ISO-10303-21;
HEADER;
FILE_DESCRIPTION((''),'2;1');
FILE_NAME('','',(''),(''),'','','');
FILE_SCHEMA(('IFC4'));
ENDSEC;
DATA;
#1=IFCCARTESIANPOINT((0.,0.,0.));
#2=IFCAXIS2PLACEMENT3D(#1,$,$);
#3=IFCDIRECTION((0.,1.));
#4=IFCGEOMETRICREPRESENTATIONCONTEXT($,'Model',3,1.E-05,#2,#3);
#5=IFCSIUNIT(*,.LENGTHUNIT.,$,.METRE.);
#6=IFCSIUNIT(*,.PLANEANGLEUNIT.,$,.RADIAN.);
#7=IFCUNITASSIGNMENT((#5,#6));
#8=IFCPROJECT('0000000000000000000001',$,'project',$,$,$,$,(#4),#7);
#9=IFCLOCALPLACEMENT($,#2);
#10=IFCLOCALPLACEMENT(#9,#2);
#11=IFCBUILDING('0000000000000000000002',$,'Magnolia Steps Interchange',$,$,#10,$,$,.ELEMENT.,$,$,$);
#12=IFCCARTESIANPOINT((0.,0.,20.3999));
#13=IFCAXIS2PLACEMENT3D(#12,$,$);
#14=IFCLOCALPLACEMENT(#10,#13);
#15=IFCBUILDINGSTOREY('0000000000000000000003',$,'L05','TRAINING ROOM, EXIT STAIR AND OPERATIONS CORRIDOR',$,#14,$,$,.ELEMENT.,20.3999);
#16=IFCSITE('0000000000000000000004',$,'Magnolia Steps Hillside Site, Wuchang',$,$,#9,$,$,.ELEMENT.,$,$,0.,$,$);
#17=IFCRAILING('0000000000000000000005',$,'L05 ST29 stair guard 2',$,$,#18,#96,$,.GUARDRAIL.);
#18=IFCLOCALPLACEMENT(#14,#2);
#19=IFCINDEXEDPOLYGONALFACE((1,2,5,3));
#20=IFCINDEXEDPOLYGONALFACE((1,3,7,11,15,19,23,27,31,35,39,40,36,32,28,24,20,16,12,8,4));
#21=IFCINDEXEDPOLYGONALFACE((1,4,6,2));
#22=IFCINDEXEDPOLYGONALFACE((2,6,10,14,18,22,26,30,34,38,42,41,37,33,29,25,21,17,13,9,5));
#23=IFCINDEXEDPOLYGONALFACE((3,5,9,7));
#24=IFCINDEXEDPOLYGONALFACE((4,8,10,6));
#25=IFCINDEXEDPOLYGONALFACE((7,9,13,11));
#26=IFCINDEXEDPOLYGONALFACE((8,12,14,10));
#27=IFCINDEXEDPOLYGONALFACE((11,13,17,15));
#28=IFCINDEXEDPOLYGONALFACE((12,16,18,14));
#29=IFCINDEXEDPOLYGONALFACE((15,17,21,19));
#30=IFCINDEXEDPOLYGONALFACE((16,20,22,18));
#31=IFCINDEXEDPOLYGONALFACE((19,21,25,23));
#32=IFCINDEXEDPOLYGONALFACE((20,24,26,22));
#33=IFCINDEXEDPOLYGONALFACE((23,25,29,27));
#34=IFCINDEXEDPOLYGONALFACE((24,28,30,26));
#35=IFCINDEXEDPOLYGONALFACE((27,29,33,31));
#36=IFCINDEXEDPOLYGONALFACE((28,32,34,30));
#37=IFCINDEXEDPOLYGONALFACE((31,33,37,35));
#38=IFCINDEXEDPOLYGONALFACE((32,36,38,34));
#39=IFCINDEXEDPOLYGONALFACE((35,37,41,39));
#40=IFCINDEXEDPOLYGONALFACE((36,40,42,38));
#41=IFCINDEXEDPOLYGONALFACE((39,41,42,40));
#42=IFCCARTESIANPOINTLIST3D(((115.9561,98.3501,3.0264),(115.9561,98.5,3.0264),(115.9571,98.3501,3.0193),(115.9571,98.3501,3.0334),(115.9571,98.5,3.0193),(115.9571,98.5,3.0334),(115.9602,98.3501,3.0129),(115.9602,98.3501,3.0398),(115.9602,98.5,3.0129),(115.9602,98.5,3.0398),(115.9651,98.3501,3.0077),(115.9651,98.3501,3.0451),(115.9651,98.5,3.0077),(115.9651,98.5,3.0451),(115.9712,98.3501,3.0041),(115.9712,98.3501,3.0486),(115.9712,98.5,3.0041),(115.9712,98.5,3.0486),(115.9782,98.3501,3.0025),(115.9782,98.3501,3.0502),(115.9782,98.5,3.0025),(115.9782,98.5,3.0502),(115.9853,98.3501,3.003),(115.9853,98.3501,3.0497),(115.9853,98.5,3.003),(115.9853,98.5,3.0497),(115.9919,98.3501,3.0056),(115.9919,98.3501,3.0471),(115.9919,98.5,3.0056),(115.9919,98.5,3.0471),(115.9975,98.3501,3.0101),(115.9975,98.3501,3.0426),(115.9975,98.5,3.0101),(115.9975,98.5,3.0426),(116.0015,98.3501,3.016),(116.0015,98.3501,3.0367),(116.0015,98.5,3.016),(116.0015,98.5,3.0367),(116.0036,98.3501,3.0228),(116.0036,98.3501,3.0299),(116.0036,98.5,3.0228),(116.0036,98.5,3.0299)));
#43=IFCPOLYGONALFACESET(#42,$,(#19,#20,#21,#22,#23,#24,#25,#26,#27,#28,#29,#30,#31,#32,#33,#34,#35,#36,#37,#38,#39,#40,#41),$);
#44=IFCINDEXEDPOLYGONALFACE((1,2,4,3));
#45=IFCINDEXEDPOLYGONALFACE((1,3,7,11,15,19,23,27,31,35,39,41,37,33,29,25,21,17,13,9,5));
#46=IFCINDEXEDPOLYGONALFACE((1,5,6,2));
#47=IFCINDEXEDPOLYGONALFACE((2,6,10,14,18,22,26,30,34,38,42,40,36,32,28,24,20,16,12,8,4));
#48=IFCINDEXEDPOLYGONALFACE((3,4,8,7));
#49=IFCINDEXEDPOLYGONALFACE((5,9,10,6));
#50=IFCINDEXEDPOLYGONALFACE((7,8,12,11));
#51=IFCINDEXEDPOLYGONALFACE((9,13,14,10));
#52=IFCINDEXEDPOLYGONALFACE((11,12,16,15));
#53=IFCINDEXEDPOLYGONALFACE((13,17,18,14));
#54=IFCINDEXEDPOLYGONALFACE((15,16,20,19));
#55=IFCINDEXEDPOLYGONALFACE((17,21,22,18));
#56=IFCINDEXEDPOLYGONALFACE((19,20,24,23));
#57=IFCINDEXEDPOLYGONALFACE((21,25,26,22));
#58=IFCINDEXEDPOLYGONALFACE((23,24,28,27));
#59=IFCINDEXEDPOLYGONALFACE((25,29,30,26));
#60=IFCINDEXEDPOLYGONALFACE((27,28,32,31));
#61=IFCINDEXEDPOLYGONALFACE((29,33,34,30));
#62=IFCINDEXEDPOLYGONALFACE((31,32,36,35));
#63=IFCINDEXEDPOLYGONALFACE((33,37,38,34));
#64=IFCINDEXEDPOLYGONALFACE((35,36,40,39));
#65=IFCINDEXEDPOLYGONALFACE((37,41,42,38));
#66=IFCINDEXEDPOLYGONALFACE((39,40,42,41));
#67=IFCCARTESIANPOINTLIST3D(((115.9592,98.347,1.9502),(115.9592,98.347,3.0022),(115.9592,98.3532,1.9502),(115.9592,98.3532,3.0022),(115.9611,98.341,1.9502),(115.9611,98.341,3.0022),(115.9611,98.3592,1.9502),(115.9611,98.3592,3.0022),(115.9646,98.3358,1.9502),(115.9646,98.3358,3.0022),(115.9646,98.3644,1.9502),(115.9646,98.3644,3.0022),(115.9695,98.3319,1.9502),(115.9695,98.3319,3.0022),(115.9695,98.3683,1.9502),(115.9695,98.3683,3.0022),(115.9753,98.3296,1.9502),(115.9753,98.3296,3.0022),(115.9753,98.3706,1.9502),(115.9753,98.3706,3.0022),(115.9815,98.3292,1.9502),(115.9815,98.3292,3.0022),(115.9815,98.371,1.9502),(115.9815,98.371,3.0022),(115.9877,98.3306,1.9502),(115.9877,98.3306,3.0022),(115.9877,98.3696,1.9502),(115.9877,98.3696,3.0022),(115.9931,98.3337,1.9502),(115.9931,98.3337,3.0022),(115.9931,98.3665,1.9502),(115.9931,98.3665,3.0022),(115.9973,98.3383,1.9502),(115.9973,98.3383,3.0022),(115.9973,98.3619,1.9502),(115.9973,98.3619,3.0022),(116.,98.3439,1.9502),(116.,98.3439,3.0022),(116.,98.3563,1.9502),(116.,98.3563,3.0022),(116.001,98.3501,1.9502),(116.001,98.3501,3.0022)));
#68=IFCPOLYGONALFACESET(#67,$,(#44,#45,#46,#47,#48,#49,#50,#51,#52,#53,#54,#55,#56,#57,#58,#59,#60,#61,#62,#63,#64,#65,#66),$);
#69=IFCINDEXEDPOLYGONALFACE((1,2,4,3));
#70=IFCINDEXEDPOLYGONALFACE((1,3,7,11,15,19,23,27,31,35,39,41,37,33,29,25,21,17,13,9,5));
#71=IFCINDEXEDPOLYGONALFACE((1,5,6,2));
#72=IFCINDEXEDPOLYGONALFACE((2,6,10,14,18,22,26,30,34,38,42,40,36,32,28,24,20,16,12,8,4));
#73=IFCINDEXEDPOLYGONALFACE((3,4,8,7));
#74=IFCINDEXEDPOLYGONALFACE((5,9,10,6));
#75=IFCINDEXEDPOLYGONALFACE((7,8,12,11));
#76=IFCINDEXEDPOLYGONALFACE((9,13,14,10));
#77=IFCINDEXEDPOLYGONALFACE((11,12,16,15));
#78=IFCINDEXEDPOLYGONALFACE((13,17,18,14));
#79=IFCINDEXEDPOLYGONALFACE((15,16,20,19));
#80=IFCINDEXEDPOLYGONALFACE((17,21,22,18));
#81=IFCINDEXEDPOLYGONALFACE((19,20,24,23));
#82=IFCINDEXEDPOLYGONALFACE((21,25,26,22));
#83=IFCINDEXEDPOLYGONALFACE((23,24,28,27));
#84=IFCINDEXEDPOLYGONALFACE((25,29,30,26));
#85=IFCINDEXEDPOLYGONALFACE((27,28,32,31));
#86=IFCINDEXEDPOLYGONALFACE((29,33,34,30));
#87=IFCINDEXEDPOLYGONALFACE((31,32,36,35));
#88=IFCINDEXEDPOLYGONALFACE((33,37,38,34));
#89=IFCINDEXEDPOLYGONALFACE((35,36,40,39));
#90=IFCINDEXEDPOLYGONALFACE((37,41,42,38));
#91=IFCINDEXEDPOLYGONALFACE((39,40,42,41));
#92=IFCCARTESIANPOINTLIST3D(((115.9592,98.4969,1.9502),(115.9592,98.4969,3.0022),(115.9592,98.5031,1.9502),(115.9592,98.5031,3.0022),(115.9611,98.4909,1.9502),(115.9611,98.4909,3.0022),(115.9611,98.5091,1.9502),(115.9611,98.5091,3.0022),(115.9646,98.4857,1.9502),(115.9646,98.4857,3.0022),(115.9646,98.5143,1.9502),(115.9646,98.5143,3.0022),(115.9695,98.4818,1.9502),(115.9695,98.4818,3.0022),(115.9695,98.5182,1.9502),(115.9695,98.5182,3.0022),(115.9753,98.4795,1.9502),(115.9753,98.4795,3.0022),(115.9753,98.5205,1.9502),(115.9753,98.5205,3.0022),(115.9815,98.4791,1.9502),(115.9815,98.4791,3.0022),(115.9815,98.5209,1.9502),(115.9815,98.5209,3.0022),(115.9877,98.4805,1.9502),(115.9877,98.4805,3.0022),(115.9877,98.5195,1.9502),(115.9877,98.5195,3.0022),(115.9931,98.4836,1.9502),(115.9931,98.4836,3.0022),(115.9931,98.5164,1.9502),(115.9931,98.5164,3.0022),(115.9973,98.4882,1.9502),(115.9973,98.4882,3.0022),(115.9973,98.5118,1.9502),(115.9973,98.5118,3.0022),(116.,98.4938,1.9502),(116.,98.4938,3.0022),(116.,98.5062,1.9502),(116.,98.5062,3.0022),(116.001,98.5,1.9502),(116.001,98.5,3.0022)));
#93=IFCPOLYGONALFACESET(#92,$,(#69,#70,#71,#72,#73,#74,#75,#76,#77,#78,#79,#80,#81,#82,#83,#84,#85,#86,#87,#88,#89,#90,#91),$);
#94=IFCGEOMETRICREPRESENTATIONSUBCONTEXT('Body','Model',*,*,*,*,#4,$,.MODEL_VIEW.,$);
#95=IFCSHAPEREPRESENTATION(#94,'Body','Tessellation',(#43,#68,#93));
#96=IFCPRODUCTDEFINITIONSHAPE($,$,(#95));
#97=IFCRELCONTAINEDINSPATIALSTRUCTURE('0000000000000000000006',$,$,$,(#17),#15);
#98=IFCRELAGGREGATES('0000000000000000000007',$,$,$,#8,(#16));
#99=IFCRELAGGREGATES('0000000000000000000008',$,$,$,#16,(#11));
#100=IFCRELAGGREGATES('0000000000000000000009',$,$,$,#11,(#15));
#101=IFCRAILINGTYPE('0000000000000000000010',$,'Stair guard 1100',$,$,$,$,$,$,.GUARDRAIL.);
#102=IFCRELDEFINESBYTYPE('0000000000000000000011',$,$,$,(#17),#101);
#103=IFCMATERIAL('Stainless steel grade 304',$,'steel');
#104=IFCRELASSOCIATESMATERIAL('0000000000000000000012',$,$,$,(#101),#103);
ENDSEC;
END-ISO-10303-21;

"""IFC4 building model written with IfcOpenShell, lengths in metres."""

from ifc_helpers import new_model, si_unit, direction, frame, origin, origin_2d, place, context, subcontext, project, spatial, circle, extrude, material, type_object, element, save


model = new_model("IFC4")

# Units and contexts
model_context = context("Model", 3, precision=1e-05, world=origin(), true_north=direction((0.0, 1.0)))
body_context = subcontext(model_context, "Body", "Model", "MODEL_VIEW")
ifc_project = project(units=[si_unit("LENGTHUNIT", "METRE"), si_unit("PLANEANGLEUNIT", "RADIAN")], contexts=[model_context])

# Site, building, storey
site_placement = place(None, origin())
site = spatial("IfcSite", under=ifc_project, at=site_placement, Name="Magnolia Steps Hillside Site, Wuchang", CompositionType="ELEMENT", RefElevation=0.0)
building_placement = place(site_placement, origin())
building = spatial("IfcBuilding", under=site, at=building_placement, Name="Magnolia Steps Interchange", CompositionType="ELEMENT")
storey_placement = place(building_placement, frame((0.0, 0.0, 20.3999)))
storey = spatial("IfcBuildingStorey", under=building, at=storey_placement, Name="L05", Description="TRAINING ROOM, EXIT STAIR AND OPERATIONS CORRIDOR", CompositionType="ELEMENT", Elevation=20.3999)

# Railing
ifc_material_1 = material(Name="Stainless steel grade 304", Category="steel")
railing_type_1 = type_object("IfcRailingType", Name="Stair guard 1100", PredefinedType="GUARDRAIL", material=ifc_material_1)
railing_1_placement = place(storey_placement, frame((115.98, 98.3501, 1.9502)))
element("IfcRailing", 1, at=railing_1_placement, inside=storey, type_object=railing_type_1, Name="L05 ST29 stair guard 2", PredefinedType="GUARDRAIL", context=body_context, shape_type="SweptSolid", body=[
    extrude(circle(Radius=0.0239, at=origin_2d()), frame((0.0, 0.0, 1.0762), z_axis=(0.0, 1.0, 0.0), x_axis=(-1.0, 0.0, 0.0)), (0.0, 0.0, 1.0), 0.1499),
    extrude(circle(Radius=0.021, at=origin_2d()), origin(), (0.0, 0.0, 1.0), 1.052),
    extrude(circle(Radius=0.021, at=origin_2d()), frame((0.0, 0.1499, 0.0)), (0.0, 0.0, 1.0), 1.052),
])

save(model, "model.ifc")
